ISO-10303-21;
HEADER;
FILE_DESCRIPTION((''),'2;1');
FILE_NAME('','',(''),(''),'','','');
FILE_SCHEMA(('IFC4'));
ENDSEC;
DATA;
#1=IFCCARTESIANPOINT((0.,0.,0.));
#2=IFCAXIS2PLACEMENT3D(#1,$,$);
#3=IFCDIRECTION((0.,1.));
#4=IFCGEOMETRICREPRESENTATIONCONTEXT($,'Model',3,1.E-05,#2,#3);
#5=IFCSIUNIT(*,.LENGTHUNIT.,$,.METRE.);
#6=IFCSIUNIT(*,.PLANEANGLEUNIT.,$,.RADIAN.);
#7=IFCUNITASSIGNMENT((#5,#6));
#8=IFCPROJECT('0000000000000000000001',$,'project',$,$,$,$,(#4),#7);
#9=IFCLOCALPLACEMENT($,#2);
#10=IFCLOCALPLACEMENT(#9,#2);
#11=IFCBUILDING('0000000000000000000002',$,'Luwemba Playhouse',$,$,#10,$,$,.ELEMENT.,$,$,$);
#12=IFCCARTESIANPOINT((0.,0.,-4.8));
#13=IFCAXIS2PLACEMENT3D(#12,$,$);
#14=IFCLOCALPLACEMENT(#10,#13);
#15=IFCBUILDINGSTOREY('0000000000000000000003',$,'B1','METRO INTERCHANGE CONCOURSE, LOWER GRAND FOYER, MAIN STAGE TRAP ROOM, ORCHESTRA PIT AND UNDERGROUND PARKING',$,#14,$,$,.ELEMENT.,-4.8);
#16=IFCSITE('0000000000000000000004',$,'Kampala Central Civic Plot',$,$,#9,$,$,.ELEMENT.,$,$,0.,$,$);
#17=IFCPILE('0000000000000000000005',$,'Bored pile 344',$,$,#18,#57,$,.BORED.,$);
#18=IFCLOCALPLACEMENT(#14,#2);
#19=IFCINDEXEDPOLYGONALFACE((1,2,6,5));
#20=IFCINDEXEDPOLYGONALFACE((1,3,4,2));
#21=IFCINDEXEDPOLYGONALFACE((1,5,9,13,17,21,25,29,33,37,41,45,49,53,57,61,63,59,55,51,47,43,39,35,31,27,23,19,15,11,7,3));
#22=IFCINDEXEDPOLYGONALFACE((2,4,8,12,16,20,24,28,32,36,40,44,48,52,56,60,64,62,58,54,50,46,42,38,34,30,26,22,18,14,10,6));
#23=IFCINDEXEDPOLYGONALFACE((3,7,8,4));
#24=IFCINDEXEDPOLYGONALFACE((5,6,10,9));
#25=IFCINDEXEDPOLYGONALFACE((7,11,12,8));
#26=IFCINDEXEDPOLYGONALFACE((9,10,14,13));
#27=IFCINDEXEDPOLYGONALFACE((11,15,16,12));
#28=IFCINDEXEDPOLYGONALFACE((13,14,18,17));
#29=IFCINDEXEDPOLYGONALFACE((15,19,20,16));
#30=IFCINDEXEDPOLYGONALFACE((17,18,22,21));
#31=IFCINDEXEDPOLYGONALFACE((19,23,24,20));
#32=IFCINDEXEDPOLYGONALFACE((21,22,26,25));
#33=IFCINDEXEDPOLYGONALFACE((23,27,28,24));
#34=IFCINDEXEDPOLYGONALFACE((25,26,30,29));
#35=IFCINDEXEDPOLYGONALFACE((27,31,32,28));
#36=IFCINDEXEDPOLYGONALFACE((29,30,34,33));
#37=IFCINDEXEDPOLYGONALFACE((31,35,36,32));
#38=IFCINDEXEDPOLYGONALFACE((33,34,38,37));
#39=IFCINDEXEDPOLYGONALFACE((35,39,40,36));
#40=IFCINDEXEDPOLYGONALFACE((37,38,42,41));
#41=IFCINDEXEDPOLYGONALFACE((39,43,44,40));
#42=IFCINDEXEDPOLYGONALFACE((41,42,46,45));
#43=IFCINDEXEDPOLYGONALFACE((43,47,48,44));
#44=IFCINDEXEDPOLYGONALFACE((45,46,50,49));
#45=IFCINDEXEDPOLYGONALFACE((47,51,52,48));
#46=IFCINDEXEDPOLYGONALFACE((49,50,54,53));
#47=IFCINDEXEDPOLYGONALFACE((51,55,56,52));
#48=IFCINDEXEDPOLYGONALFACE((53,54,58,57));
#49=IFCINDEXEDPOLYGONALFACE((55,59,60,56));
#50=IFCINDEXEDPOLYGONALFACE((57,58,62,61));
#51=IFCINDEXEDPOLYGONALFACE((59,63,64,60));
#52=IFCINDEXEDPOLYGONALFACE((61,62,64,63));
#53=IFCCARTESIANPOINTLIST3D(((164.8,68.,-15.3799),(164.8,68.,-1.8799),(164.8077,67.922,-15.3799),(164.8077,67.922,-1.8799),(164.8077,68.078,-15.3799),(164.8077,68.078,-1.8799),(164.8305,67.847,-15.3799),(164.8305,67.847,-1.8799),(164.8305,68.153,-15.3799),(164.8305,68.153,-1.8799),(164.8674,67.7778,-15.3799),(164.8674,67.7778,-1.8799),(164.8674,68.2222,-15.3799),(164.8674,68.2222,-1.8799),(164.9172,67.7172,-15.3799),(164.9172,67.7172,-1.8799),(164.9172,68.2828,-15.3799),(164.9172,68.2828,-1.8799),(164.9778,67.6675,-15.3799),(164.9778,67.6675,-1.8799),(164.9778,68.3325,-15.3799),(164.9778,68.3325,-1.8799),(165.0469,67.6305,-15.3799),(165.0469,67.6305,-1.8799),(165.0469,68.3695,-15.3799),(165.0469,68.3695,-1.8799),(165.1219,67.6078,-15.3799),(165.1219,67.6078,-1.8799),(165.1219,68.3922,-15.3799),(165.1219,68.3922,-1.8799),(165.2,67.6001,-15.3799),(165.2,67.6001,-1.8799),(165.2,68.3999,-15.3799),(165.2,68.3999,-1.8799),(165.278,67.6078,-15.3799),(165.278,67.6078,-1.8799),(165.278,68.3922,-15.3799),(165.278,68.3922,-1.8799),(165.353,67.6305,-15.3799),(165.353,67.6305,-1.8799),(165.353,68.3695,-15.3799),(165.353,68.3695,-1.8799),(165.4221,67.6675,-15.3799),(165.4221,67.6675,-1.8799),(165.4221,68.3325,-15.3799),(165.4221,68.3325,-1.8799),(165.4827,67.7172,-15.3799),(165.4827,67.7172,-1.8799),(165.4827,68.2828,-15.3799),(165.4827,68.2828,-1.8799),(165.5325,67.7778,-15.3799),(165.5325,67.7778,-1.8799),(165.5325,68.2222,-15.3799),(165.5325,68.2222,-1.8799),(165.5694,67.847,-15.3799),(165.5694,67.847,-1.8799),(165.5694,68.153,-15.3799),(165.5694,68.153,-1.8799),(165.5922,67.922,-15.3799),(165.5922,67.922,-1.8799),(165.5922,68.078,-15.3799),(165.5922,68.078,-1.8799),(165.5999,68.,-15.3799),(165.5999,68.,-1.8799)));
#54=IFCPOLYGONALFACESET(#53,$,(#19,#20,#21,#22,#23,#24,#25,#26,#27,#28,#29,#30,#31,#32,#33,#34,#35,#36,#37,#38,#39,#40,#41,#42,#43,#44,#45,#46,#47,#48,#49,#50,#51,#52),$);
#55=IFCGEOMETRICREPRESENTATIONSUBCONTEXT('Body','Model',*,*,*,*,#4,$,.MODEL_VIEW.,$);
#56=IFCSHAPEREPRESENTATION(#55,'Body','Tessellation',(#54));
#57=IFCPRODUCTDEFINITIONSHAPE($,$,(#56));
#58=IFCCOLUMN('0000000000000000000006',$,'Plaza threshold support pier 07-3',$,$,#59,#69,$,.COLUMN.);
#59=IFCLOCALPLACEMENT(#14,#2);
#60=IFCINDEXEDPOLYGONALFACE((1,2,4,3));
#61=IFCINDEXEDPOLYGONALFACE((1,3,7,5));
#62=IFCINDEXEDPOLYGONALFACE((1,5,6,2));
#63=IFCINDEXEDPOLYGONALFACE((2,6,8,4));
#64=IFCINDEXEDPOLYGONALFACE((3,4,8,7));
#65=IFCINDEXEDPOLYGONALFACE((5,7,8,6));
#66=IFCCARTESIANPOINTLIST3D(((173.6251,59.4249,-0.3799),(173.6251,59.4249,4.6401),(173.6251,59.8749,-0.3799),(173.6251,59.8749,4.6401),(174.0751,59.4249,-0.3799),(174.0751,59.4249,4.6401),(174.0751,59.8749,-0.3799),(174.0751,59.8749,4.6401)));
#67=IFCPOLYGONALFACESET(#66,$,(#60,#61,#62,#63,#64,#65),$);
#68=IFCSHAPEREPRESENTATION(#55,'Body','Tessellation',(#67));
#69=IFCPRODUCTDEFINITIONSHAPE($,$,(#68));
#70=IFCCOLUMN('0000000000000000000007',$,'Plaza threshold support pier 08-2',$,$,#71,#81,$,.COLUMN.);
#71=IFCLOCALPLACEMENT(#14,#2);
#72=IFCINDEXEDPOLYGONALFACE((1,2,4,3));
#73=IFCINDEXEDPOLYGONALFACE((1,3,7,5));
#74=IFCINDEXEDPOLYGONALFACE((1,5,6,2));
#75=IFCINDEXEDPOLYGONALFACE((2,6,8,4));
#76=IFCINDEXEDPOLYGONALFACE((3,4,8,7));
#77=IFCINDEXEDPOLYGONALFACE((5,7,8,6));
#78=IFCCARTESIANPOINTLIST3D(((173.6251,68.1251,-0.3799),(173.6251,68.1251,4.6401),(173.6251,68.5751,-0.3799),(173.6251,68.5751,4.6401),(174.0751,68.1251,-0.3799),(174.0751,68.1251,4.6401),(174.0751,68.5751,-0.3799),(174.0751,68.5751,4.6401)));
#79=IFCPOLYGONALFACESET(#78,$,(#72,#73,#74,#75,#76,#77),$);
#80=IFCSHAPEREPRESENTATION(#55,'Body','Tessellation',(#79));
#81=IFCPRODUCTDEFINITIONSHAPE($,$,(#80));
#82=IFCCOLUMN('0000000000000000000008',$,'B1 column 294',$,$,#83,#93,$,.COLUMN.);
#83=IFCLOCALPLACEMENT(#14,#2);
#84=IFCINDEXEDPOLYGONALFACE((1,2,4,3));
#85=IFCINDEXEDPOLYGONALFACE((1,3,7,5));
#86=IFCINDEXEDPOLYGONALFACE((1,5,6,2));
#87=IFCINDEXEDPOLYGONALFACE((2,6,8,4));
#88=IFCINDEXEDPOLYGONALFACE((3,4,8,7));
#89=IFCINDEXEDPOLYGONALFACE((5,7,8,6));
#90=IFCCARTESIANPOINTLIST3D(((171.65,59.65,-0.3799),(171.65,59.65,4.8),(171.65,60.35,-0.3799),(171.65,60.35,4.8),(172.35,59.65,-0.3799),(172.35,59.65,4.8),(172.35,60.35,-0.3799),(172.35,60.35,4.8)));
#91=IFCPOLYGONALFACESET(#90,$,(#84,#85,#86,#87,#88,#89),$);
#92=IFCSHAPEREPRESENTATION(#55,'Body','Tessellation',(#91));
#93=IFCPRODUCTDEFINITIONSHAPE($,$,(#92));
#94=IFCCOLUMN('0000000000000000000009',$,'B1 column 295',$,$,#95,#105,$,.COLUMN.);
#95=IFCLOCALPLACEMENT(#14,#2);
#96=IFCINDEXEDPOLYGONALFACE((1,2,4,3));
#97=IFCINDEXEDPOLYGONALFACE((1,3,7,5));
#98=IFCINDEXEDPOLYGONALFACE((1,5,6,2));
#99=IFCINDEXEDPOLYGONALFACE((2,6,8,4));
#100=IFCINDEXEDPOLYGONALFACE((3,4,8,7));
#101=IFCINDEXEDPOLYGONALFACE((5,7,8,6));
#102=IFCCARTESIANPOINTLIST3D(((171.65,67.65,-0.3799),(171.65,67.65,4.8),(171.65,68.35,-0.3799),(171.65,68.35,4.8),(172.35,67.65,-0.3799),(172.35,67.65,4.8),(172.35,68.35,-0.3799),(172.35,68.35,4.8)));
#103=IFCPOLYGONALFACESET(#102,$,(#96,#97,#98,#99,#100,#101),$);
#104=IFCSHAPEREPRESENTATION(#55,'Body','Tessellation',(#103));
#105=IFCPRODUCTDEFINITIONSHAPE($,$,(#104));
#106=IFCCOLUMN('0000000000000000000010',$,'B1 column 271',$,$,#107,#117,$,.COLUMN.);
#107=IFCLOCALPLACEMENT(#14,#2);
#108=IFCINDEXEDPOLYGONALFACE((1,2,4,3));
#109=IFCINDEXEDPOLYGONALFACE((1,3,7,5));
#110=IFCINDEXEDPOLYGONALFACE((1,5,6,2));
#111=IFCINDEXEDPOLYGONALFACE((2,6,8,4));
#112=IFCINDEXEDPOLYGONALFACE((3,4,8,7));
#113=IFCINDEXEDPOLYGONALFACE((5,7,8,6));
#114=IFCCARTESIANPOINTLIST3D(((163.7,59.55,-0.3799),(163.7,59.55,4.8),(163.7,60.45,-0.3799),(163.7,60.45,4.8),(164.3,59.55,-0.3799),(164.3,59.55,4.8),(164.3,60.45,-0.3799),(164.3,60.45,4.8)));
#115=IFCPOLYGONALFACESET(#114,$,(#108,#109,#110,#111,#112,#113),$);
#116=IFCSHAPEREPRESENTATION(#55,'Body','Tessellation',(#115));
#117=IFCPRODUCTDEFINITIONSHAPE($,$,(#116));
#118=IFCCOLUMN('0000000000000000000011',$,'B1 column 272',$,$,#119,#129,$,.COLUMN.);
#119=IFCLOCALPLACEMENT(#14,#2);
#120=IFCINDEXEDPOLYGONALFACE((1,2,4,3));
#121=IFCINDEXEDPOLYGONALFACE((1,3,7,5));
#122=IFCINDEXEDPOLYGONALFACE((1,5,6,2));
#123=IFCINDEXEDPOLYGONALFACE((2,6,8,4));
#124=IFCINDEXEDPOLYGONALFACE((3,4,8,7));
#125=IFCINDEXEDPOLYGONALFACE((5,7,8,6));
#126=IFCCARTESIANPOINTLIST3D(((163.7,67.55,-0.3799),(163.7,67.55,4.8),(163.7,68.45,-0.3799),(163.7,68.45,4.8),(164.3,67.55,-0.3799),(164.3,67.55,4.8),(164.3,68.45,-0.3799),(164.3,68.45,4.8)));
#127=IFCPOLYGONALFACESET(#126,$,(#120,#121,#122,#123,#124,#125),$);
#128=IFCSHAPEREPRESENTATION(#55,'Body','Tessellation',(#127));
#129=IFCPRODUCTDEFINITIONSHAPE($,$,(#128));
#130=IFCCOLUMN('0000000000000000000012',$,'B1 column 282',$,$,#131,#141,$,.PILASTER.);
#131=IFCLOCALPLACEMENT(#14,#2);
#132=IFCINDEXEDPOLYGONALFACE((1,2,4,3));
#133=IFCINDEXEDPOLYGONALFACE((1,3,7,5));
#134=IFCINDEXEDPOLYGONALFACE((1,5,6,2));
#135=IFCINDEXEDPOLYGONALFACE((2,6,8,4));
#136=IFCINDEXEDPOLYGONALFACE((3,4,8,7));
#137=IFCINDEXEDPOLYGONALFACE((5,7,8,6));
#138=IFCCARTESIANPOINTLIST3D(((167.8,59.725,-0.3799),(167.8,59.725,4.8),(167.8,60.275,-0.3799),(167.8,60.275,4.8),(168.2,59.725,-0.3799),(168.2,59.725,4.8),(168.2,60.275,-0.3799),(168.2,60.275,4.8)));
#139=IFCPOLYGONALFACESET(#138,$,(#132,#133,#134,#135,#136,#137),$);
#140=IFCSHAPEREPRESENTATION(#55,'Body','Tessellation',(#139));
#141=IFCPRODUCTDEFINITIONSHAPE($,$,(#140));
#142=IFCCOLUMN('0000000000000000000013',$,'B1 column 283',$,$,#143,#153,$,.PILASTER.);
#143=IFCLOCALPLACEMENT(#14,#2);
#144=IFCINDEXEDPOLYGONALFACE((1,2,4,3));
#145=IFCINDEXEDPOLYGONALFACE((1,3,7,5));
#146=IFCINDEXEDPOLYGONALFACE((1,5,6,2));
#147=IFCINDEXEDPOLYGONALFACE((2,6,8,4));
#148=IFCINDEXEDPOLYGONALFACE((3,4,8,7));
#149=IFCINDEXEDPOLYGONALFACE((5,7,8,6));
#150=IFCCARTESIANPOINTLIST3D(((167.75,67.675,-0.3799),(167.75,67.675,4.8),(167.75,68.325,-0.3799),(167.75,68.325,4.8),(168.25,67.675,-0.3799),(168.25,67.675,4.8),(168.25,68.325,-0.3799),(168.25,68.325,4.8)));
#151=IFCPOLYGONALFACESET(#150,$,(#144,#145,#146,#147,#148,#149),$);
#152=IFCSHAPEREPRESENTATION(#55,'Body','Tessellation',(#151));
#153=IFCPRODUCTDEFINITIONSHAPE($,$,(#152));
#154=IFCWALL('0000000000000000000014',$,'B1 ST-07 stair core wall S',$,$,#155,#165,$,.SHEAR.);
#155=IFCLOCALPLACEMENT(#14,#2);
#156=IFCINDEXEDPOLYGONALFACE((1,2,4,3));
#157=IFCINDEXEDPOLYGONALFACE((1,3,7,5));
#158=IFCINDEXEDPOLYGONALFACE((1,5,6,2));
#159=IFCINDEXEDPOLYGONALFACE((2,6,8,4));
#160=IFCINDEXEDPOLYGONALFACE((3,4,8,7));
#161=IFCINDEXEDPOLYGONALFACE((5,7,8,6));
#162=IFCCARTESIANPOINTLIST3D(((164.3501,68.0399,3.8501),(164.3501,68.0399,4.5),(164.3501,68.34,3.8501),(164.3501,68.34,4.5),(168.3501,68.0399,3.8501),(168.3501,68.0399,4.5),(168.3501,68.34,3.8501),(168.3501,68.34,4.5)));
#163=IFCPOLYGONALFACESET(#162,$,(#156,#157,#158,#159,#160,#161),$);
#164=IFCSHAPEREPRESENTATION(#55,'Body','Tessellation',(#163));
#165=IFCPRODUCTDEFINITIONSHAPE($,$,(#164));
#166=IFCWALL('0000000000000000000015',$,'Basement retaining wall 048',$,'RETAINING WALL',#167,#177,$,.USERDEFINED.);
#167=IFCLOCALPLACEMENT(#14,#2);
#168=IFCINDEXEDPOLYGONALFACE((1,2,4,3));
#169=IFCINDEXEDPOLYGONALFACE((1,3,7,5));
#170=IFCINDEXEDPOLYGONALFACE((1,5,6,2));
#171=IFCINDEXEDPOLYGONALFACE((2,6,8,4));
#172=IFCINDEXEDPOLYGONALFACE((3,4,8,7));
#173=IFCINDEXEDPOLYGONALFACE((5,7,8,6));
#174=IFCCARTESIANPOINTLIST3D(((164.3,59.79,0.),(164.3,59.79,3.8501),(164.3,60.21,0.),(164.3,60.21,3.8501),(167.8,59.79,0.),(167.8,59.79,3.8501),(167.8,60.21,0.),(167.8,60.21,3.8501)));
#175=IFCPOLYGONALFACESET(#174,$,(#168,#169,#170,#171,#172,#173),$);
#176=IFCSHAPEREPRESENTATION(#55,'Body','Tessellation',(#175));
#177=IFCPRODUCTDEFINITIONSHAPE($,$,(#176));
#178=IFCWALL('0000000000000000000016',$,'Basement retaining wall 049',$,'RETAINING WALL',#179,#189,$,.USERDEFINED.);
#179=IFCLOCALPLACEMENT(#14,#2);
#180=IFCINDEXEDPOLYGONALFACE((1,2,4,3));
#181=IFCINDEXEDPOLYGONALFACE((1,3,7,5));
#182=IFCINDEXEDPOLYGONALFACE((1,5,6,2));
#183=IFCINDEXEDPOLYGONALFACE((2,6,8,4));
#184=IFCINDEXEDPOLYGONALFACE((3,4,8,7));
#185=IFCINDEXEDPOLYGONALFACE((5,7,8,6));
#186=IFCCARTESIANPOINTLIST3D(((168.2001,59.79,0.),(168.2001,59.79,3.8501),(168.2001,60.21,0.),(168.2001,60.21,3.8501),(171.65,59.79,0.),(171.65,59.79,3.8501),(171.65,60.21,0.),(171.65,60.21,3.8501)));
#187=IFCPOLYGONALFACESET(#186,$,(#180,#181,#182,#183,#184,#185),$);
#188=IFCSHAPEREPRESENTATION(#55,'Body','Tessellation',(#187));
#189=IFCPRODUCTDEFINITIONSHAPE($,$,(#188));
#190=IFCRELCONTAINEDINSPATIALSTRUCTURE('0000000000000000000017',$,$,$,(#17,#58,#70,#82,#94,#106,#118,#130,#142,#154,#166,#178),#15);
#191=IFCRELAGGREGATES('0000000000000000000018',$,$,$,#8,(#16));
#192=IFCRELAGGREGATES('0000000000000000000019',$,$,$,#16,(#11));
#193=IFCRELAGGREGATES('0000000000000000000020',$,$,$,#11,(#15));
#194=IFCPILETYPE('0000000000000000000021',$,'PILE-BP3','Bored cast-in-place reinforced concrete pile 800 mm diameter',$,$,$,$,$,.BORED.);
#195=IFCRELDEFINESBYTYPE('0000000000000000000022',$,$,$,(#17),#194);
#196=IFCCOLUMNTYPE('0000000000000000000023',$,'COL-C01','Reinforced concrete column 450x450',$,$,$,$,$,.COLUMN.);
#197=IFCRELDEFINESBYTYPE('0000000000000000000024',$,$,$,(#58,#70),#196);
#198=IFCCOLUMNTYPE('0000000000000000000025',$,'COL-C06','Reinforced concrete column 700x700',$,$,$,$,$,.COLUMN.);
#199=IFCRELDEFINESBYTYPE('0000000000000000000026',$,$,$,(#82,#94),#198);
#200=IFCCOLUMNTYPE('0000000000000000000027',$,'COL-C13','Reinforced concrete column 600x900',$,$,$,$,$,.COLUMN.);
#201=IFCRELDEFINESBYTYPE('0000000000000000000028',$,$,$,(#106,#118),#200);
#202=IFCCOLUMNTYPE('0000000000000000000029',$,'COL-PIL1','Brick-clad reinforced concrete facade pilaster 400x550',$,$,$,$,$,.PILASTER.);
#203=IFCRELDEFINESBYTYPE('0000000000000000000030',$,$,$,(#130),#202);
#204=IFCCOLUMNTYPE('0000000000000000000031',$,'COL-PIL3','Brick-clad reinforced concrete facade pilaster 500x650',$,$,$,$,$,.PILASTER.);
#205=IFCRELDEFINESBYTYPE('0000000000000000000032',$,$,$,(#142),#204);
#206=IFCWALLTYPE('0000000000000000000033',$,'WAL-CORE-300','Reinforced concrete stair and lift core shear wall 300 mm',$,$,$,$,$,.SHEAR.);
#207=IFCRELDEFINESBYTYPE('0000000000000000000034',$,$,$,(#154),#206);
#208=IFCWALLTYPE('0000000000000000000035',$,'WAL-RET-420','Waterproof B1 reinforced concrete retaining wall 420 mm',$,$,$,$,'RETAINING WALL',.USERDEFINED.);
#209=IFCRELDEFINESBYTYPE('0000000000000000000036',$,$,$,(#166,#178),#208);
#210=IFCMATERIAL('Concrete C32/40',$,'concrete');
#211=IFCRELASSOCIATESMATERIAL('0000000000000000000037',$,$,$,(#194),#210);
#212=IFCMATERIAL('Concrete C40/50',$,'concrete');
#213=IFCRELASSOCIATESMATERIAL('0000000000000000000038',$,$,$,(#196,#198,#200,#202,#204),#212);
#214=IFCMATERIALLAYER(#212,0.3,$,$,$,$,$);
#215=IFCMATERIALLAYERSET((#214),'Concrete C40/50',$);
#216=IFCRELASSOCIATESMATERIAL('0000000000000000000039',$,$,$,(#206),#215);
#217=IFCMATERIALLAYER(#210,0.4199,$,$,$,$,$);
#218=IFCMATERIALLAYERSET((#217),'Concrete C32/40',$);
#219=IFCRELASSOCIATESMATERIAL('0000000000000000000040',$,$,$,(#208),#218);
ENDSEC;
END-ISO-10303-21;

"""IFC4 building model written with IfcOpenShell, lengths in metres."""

from ifc_helpers import new_model, si_unit, direction, frame, frame_2d, origin, origin_2d, place, context, subcontext, project, spatial, rectangle, circle, extrude, material, layer, layer_set, material_profile, profile_set, type_object, element, save


model = new_model("IFC4")

# Units and contexts
model_context = context("Model", 3, precision=1e-05, world=origin(), true_north=direction((0.0, 1.0)))
body_context = subcontext(model_context, "Body", "Model", "MODEL_VIEW")
ifc_project = project(units=[si_unit("LENGTHUNIT", "METRE"), si_unit("PLANEANGLEUNIT", "RADIAN")], contexts=[model_context])

# Site, building, storey
site_placement = place(None, origin())
site = spatial("IfcSite", under=ifc_project, at=site_placement, Name="Kampala Central Civic Plot", CompositionType="ELEMENT", RefElevation=0.0)
building_placement = place(site_placement, origin())
building = spatial("IfcBuilding", under=site, at=building_placement, Name="Luwemba Playhouse", CompositionType="ELEMENT")
storey_placement = place(building_placement, frame((0.0, 0.0, -4.8)))
storey = spatial("IfcBuildingStorey", under=building, at=storey_placement, Name="B1", Description="METRO INTERCHANGE CONCOURSE, LOWER GRAND FOYER, MAIN STAGE TRAP ROOM, ORCHESTRA PIT AND UNDERGROUND PARKING", CompositionType="ELEMENT", Elevation=-4.8)

# Shared definitions
ifc_material_1 = material(Name="Concrete C32/40", Category="concrete")

# Pile
ifc_material_profile_1 = material_profile(ifc_material_1, circle(Radius=0.3999, at=origin_2d()))
ifc_profile_set_1 = profile_set([ifc_material_profile_1], Name="Concrete C32/40")
pile_type_1 = type_object("IfcPileType", Name="PILE-BP3", Description="Bored cast-in-place reinforced concrete pile 800 mm diameter", PredefinedType="BORED", material=ifc_profile_set_1)
for number, where, z_axis, x_axis, name in (
    (1, (165.2, 68.0, -1.8799), (0.0, 0.0, -1.0), (1.0, 0.0, 0.0), "Bored pile 344"),
):
    element("IfcPile", number, at=place(storey_placement, frame(where, z_axis=z_axis, x_axis=x_axis)), inside=storey, type_object=pile_type_1, Name=name, PredefinedType="BORED", context=body_context, shape_type="SweptSolid", body=[
        extrude(circle(Radius=0.3999, at=origin_2d()), origin(), (0.0, 0.0, 1.0), 13.5),
    ])

# Columns
ifc_material_2 = material(Name="Concrete C40/50", Category="concrete")
ifc_material_profile_2 = material_profile(ifc_material_2, rectangle(XDim=0.45, YDim=0.45, at=origin_2d()))
ifc_profile_set_2 = profile_set([ifc_material_profile_2], Name="Concrete C40/50")
column_type_1 = type_object("IfcColumnType", Name="COL-C01", Description="Reinforced concrete column 450x450", PredefinedType="COLUMN", material=ifc_profile_set_2)
for number, where, z_axis, x_axis, name in (
    (2, (173.8501, 59.6499, -0.3799), (0.0, 0.0, 1.0), (1.0, 0.0, 0.0), "Plaza threshold support pier 07-3"),
    (3, (173.8501, 68.3501, -0.3799), (0.0, 0.0, 1.0), (1.0, 0.0, 0.0), "Plaza threshold support pier 08-2"),
):
    element("IfcColumn", number, at=place(storey_placement, frame(where, z_axis=z_axis, x_axis=x_axis)), inside=storey, type_object=column_type_1, Name=name, PredefinedType="COLUMN", context=body_context, shape_type="SweptSolid", body=[
        extrude(rectangle(XDim=0.45, YDim=0.45, at=origin_2d()), origin(), (0.0, 0.0, 1.0), 5.02),
    ])
ifc_material_profile_3 = material_profile(ifc_material_2, rectangle(XDim=0.7, YDim=0.7, at=origin_2d()))
ifc_profile_set_3 = profile_set([ifc_material_profile_3], Name="Concrete C40/50")
column_type_2 = type_object("IfcColumnType", Name="COL-C06", Description="Reinforced concrete column 700x700", PredefinedType="COLUMN", material=ifc_profile_set_3)
for number, where, z_axis, x_axis, name in (
    (4, (172.0, 60.0, -0.3799), (0.0, 0.0, 1.0), (1.0, 0.0, 0.0), "B1 column 294"),
    (5, (172.0, 68.0, -0.3799), (0.0, 0.0, 1.0), (1.0, 0.0, 0.0), "B1 column 295"),
):
    element("IfcColumn", number, at=place(storey_placement, frame(where, z_axis=z_axis, x_axis=x_axis)), inside=storey, type_object=column_type_2, Name=name, PredefinedType="COLUMN", context=body_context, shape_type="SweptSolid", body=[
        extrude(rectangle(XDim=0.7, YDim=0.7, at=origin_2d()), origin(), (0.0, 0.0, 1.0), 5.1799),
    ])
ifc_material_profile_4 = material_profile(ifc_material_2, rectangle(XDim=0.6001, YDim=0.8999, at=origin_2d()))
ifc_profile_set_4 = profile_set([ifc_material_profile_4], Name="Concrete C40/50")
column_type_3 = type_object("IfcColumnType", Name="COL-C13", Description="Reinforced concrete column 600x900", PredefinedType="COLUMN", material=ifc_profile_set_4)
for number, where, z_axis, x_axis, name in (
    (6, (164.0, 60.0, -0.3799), (0.0, 0.0, 1.0), (1.0, 0.0, 0.0), "B1 column 271"),
    (7, (164.0, 68.0, -0.3799), (0.0, 0.0, 1.0), (1.0, 0.0, 0.0), "B1 column 272"),
):
    element("IfcColumn", number, at=place(storey_placement, frame(where, z_axis=z_axis, x_axis=x_axis)), inside=storey, type_object=column_type_3, Name=name, PredefinedType="COLUMN", context=body_context, shape_type="SweptSolid", body=[
        extrude(rectangle(XDim=0.6001, YDim=0.8999, at=origin_2d()), origin(), (0.0, 0.0, 1.0), 5.1799),
    ])
ifc_material_profile_5 = material_profile(ifc_material_2, rectangle(XDim=0.3999, YDim=0.55, at=origin_2d()))
ifc_profile_set_5 = profile_set([ifc_material_profile_5], Name="Concrete C40/50")
column_type_4 = type_object("IfcColumnType", Name="COL-PIL1", Description="Brick-clad reinforced concrete facade pilaster 400x550", PredefinedType="PILASTER", material=ifc_profile_set_5)
column_1_placement = place(storey_placement, frame((168.0, 60.0, -0.3799), z_axis=(0.0, 0.0, 1.0), x_axis=(1.0, 0.0, 0.0)))
element("IfcColumn", 8, at=column_1_placement, inside=storey, type_object=column_type_4, Name="B1 column 282", PredefinedType="PILASTER", context=body_context, shape_type="SweptSolid", body=[
    extrude(rectangle(XDim=0.3999, YDim=0.55, at=origin_2d()), origin(), (0.0, 0.0, 1.0), 5.1799),
])
ifc_material_profile_6 = material_profile(ifc_material_2, rectangle(XDim=0.5, YDim=0.6499, at=origin_2d()))
ifc_profile_set_6 = profile_set([ifc_material_profile_6], Name="Concrete C40/50")
column_type_5 = type_object("IfcColumnType", Name="COL-PIL3", Description="Brick-clad reinforced concrete facade pilaster 500x650", PredefinedType="PILASTER", material=ifc_profile_set_6)
column_2_placement = place(storey_placement, frame((168.0, 68.0, -0.3799), z_axis=(0.0, 0.0, 1.0), x_axis=(1.0, 0.0, 0.0)))
element("IfcColumn", 9, at=column_2_placement, inside=storey, type_object=column_type_5, Name="B1 column 283", PredefinedType="PILASTER", context=body_context, shape_type="SweptSolid", body=[
    extrude(rectangle(XDim=0.5, YDim=0.6499, at=origin_2d()), origin(), (0.0, 0.0, 1.0), 5.1799),
])

# Walls
ifc_layer_1 = layer(ifc_material_2, 0.3)
ifc_layer_set_1 = layer_set([ifc_layer_1], Name="Concrete C40/50")
wall_type_1 = type_object("IfcWallType", Name="WAL-CORE-300", Description="Reinforced concrete stair and lift core shear wall 300 mm", PredefinedType="SHEAR", material=ifc_layer_set_1)
wall_1_placement = place(storey_placement, frame((164.3501, 68.1899, 3.8501), z_axis=(0.0, 0.0, 1.0), x_axis=(1.0, 0.0, 0.0)))
element("IfcWall", 10, at=wall_1_placement, inside=storey, type_object=wall_type_1, Name="B1 ST-07 stair core wall S", PredefinedType="SHEAR", context=body_context, shape_type="SweptSolid", body=[
    extrude(rectangle(XDim=4.0, YDim=0.3, at=frame_2d((2.0, 0.0))), origin(), (0.0, 0.0, 1.0), 0.6499),
])
ifc_layer_2 = layer(ifc_material_1, 0.4199)
ifc_layer_set_2 = layer_set([ifc_layer_2], Name="Concrete C32/40")
wall_type_2 = type_object("IfcWallType", Name="WAL-RET-420", Description="Waterproof B1 reinforced concrete retaining wall 420 mm", ElementType="RETAINING WALL", PredefinedType="USERDEFINED", material=ifc_layer_set_2)
wall_2_placement = place(storey_placement, frame((164.3, 60.0, 0.0), z_axis=(0.0, 0.0, 1.0), x_axis=(1.0, 0.0, 0.0)))
element("IfcWall", 11, at=wall_2_placement, inside=storey, type_object=wall_type_2, Name="Basement retaining wall 048", ObjectType="RETAINING WALL", PredefinedType="USERDEFINED", context=body_context, shape_type="SweptSolid", body=[
    extrude(rectangle(XDim=3.5, YDim=0.4199, at=frame_2d((1.75, 0.0))), origin(), (0.0, 0.0, 1.0), 3.8501),
])
wall_3_placement = place(storey_placement, frame((168.2, 60.0, 0.0), z_axis=(0.0, 0.0, 1.0), x_axis=(1.0, 0.0, 0.0)))
element("IfcWall", 12, at=wall_3_placement, inside=storey, type_object=wall_type_2, Name="Basement retaining wall 049", ObjectType="RETAINING WALL", PredefinedType="USERDEFINED", context=body_context, shape_type="SweptSolid", body=[
    extrude(rectangle(XDim=3.45, YDim=0.4199, at=frame_2d((1.7251, 0.0))), origin(), (0.0, 0.0, 1.0), 3.8501),
])

save(model, "model.ifc")
